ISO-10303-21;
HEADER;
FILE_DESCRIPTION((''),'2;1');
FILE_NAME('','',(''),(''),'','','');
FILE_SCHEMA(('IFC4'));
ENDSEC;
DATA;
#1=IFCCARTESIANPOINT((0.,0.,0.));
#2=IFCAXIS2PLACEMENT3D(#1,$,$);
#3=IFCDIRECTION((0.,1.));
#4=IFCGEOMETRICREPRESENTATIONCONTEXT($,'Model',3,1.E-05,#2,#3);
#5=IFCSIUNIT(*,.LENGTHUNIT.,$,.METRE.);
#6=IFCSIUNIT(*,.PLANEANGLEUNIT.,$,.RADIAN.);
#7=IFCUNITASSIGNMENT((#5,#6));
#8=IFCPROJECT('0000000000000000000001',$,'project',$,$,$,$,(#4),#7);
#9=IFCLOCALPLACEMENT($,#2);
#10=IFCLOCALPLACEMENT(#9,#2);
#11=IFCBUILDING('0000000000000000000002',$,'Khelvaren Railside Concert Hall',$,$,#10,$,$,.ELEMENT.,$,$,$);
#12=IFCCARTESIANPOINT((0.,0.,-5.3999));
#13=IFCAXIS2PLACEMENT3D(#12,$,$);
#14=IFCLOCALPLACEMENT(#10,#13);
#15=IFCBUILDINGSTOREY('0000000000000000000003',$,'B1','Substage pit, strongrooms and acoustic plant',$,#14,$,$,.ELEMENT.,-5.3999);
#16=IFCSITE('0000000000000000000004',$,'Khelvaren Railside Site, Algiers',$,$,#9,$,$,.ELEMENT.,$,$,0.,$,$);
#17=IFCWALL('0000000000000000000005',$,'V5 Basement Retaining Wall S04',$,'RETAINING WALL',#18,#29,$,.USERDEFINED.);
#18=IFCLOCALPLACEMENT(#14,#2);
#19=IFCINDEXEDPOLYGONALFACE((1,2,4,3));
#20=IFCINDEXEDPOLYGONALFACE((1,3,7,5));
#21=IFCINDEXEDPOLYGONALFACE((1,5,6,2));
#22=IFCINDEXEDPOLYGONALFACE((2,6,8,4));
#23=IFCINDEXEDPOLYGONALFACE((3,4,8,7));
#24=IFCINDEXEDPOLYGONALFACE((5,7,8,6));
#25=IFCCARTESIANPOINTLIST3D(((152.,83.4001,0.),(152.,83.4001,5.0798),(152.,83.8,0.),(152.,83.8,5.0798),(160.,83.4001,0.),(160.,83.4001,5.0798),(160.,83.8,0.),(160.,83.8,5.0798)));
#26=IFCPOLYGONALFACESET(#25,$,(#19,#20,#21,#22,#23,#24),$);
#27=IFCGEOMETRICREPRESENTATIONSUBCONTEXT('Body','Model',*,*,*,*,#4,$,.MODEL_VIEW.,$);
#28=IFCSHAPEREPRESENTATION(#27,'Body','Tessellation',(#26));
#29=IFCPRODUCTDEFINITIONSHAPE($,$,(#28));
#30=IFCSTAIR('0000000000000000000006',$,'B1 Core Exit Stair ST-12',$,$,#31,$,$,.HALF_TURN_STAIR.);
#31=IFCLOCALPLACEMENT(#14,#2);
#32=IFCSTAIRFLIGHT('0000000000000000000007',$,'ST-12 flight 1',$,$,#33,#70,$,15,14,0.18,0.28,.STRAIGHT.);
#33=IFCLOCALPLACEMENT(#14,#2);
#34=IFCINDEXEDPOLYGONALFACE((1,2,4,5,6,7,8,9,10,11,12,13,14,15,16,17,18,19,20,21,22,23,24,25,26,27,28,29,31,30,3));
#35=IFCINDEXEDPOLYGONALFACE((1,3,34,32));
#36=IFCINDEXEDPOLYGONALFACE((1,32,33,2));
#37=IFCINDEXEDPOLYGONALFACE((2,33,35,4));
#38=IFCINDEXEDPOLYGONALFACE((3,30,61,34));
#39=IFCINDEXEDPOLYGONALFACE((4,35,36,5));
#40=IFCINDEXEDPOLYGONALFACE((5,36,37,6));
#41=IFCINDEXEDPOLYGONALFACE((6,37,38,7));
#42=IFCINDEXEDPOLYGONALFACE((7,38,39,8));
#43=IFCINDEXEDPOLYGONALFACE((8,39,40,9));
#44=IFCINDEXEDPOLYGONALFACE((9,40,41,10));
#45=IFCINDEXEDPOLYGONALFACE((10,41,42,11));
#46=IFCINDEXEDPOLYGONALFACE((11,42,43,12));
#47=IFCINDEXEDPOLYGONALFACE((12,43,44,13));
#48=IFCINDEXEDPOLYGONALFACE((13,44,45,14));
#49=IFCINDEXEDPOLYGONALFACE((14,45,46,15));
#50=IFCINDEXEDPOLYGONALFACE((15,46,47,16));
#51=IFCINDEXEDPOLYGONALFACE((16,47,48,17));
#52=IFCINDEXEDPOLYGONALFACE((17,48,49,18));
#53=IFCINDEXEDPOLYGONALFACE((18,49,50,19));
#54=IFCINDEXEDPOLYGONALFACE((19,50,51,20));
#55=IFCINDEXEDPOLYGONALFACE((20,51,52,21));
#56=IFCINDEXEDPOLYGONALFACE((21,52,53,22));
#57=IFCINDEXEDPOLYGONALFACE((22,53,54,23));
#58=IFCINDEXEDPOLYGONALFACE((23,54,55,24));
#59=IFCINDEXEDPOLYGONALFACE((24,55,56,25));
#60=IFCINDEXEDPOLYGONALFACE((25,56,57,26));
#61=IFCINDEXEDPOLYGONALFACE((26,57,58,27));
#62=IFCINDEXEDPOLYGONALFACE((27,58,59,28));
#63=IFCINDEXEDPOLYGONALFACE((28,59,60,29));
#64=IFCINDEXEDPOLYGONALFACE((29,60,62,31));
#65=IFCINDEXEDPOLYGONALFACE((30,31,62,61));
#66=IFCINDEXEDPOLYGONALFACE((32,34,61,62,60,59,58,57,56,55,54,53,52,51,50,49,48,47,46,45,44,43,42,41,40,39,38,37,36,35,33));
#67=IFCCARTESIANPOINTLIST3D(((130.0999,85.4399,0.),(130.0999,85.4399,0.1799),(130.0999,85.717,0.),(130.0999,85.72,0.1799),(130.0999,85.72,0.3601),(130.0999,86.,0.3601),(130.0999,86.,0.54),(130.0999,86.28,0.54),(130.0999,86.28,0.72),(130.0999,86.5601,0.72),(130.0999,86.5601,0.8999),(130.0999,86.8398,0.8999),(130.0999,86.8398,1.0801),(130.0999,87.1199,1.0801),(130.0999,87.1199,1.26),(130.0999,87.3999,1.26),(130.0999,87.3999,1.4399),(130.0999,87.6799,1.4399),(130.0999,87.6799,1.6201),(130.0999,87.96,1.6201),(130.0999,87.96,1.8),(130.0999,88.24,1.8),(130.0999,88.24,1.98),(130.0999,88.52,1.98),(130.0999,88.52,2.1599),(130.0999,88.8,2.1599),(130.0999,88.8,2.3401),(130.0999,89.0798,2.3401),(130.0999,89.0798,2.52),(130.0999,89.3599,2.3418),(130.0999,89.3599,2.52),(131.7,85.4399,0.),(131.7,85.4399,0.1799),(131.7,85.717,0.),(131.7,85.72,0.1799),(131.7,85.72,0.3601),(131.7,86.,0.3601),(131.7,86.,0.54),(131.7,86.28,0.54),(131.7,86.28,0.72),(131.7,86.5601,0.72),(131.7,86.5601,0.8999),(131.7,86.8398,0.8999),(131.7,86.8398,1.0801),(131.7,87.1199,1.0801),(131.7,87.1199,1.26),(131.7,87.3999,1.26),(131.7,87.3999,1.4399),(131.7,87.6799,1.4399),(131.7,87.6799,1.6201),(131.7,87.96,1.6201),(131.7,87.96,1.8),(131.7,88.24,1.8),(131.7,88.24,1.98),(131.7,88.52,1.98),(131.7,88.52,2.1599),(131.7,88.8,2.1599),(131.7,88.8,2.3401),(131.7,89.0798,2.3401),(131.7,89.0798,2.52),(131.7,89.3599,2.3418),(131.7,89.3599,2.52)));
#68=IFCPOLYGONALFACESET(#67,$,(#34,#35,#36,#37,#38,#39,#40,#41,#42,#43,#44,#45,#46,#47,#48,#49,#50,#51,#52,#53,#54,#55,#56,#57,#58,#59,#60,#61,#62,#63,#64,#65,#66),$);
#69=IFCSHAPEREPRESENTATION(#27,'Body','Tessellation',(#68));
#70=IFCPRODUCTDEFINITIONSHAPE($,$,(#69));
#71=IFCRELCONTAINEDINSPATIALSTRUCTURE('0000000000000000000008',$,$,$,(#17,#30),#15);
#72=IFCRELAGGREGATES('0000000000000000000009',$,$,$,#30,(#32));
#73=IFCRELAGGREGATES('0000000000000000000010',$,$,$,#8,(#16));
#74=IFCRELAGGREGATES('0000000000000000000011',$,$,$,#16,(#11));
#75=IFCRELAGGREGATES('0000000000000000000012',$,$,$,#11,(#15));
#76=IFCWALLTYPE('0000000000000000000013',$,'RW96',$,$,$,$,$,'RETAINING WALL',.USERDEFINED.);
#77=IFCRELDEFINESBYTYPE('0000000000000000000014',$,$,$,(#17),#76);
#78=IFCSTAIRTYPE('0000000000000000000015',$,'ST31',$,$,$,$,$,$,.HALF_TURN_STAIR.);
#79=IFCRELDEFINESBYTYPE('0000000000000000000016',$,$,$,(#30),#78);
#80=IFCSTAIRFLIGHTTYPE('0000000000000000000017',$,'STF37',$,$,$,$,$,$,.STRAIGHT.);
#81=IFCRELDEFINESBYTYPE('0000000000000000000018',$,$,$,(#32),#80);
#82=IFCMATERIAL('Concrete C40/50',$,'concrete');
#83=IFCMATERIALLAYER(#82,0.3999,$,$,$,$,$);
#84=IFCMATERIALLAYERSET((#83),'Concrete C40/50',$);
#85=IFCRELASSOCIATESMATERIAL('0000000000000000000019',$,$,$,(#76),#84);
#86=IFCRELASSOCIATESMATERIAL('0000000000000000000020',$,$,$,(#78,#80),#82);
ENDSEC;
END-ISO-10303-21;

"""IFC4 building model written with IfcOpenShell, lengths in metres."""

from ifc_helpers import new_model, si_unit, direction, frame, frame_2d, origin, place, context, subcontext, project, spatial, polyline, rectangle, outline, extrude, material, layer, layer_set, type_object, element, aggregate, save


model = new_model("IFC4")

# Units and contexts
model_context = context("Model", 3, precision=1e-05, world=origin(), true_north=direction((0.0, 1.0)))
body_context = subcontext(model_context, "Body", "Model", "MODEL_VIEW")
ifc_project = project(units=[si_unit("LENGTHUNIT", "METRE"), si_unit("PLANEANGLEUNIT", "RADIAN")], contexts=[model_context])

# Site, building, storey
site_placement = place(None, origin())
site = spatial("IfcSite", under=ifc_project, at=site_placement, Name="Khelvaren Railside Site, Algiers", CompositionType="ELEMENT", RefElevation=0.0)
building_placement = place(site_placement, origin())
building = spatial("IfcBuilding", under=site, at=building_placement, Name="Khelvaren Railside Concert Hall", CompositionType="ELEMENT")
storey_placement = place(building_placement, frame((0.0, 0.0, -5.3999)))
storey = spatial("IfcBuildingStorey", under=building, at=storey_placement, Name="B1", Description="Substage pit, strongrooms and acoustic plant", CompositionType="ELEMENT", Elevation=-5.3999)

# Shared definitions
ifc_material_1 = material(Name="Concrete C40/50", Category="concrete")

# Wall
ifc_layer_1 = layer(ifc_material_1, 0.3999)
ifc_layer_set_1 = layer_set([ifc_layer_1], Name="Concrete C40/50")
wall_type_1 = type_object("IfcWallType", Name="RW96", ElementType="RETAINING WALL", PredefinedType="USERDEFINED", material=ifc_layer_set_1)
for number, where, z_axis, x_axis, name in (
    (1, (152.0, 83.6001, 0.0), (0.0, 0.0, 1.0), (1.0, 0.0, 0.0), "V5 Basement Retaining Wall S04"),
):
    element("IfcWall", number, at=place(storey_placement, frame(where, z_axis=z_axis, x_axis=x_axis)), inside=storey, type_object=wall_type_1, Name=name, ObjectType="RETAINING WALL", PredefinedType="USERDEFINED", context=body_context, shape_type="SweptSolid", body=[
        extrude(rectangle(XDim=8.0, YDim=0.3999, at=frame_2d((4.0, 0.0))), origin(), (0.0, 0.0, 1.0), 5.0798),
    ])

# Stair, stair flight
stair_type = type_object("IfcStairType", Name="ST31", PredefinedType="HALF_TURN_STAIR", material=ifc_material_1)
stair_placement = place(storey_placement, origin())
stair = element("IfcStair", 2, at=stair_placement, inside=storey, type_object=stair_type, Name="B1 Core Exit Stair ST-12", PredefinedType="HALF_TURN_STAIR")
stair_flight_type = type_object("IfcStairFlightType", Name="STF37", PredefinedType="STRAIGHT", material=ifc_material_1)
stair_flight_placement = place(storey_placement, frame((130.8999, 85.4399, 0.0), z_axis=(0.0, 0.0, 1.0), x_axis=(0.0, 1.0, 0.0)))
stair_flight = element("IfcStairFlight", 3, at=stair_flight_placement, type_object=stair_flight_type, Name="ST-12 flight 1", NumberOfRisers=15, NumberOfTreads=14, PredefinedType="STRAIGHT", RiserHeight=0.18, TreadLength=0.28, context=body_context, shape_type="SweptSolid", body=[
    extrude(outline(polyline([(0.0, 0.0), (0.0, 0.1799), (0.28, 0.1799), (0.28, 0.3601), (0.5601, 0.3601), (0.5601, 0.54), (0.8401, 0.54), (0.8401, 0.72), (1.1201, 0.72), (1.1201, 0.8999), (1.3999, 0.8999), (1.3999, 1.0801), (1.6799, 1.0801), (1.6799, 1.26), (1.96, 1.26), (1.96, 1.4399), (2.24, 1.4399), (2.24, 1.6201), (2.52, 1.6201), (2.52, 1.8), (2.8, 1.8), (2.8, 1.98), (3.0801, 1.98), (3.0801, 2.1599), (3.3601, 2.1599), (3.3601, 2.3401), (3.6399, 2.3401), (3.6399, 2.52), (3.9199, 2.52), (3.9199, 2.7), (3.9199, 2.3418), (0.2771, 0.0), (0.0, 0.0)])), frame((0.0, 0.8, 0.0), z_axis=(0.0, -1.0, 0.0), x_axis=(1.0, 0.0, 0.0)), (0.0, 0.0, 1.0), 1.6001),
])
aggregate(stair, [stair_flight])

save(model, "model.ifc")
